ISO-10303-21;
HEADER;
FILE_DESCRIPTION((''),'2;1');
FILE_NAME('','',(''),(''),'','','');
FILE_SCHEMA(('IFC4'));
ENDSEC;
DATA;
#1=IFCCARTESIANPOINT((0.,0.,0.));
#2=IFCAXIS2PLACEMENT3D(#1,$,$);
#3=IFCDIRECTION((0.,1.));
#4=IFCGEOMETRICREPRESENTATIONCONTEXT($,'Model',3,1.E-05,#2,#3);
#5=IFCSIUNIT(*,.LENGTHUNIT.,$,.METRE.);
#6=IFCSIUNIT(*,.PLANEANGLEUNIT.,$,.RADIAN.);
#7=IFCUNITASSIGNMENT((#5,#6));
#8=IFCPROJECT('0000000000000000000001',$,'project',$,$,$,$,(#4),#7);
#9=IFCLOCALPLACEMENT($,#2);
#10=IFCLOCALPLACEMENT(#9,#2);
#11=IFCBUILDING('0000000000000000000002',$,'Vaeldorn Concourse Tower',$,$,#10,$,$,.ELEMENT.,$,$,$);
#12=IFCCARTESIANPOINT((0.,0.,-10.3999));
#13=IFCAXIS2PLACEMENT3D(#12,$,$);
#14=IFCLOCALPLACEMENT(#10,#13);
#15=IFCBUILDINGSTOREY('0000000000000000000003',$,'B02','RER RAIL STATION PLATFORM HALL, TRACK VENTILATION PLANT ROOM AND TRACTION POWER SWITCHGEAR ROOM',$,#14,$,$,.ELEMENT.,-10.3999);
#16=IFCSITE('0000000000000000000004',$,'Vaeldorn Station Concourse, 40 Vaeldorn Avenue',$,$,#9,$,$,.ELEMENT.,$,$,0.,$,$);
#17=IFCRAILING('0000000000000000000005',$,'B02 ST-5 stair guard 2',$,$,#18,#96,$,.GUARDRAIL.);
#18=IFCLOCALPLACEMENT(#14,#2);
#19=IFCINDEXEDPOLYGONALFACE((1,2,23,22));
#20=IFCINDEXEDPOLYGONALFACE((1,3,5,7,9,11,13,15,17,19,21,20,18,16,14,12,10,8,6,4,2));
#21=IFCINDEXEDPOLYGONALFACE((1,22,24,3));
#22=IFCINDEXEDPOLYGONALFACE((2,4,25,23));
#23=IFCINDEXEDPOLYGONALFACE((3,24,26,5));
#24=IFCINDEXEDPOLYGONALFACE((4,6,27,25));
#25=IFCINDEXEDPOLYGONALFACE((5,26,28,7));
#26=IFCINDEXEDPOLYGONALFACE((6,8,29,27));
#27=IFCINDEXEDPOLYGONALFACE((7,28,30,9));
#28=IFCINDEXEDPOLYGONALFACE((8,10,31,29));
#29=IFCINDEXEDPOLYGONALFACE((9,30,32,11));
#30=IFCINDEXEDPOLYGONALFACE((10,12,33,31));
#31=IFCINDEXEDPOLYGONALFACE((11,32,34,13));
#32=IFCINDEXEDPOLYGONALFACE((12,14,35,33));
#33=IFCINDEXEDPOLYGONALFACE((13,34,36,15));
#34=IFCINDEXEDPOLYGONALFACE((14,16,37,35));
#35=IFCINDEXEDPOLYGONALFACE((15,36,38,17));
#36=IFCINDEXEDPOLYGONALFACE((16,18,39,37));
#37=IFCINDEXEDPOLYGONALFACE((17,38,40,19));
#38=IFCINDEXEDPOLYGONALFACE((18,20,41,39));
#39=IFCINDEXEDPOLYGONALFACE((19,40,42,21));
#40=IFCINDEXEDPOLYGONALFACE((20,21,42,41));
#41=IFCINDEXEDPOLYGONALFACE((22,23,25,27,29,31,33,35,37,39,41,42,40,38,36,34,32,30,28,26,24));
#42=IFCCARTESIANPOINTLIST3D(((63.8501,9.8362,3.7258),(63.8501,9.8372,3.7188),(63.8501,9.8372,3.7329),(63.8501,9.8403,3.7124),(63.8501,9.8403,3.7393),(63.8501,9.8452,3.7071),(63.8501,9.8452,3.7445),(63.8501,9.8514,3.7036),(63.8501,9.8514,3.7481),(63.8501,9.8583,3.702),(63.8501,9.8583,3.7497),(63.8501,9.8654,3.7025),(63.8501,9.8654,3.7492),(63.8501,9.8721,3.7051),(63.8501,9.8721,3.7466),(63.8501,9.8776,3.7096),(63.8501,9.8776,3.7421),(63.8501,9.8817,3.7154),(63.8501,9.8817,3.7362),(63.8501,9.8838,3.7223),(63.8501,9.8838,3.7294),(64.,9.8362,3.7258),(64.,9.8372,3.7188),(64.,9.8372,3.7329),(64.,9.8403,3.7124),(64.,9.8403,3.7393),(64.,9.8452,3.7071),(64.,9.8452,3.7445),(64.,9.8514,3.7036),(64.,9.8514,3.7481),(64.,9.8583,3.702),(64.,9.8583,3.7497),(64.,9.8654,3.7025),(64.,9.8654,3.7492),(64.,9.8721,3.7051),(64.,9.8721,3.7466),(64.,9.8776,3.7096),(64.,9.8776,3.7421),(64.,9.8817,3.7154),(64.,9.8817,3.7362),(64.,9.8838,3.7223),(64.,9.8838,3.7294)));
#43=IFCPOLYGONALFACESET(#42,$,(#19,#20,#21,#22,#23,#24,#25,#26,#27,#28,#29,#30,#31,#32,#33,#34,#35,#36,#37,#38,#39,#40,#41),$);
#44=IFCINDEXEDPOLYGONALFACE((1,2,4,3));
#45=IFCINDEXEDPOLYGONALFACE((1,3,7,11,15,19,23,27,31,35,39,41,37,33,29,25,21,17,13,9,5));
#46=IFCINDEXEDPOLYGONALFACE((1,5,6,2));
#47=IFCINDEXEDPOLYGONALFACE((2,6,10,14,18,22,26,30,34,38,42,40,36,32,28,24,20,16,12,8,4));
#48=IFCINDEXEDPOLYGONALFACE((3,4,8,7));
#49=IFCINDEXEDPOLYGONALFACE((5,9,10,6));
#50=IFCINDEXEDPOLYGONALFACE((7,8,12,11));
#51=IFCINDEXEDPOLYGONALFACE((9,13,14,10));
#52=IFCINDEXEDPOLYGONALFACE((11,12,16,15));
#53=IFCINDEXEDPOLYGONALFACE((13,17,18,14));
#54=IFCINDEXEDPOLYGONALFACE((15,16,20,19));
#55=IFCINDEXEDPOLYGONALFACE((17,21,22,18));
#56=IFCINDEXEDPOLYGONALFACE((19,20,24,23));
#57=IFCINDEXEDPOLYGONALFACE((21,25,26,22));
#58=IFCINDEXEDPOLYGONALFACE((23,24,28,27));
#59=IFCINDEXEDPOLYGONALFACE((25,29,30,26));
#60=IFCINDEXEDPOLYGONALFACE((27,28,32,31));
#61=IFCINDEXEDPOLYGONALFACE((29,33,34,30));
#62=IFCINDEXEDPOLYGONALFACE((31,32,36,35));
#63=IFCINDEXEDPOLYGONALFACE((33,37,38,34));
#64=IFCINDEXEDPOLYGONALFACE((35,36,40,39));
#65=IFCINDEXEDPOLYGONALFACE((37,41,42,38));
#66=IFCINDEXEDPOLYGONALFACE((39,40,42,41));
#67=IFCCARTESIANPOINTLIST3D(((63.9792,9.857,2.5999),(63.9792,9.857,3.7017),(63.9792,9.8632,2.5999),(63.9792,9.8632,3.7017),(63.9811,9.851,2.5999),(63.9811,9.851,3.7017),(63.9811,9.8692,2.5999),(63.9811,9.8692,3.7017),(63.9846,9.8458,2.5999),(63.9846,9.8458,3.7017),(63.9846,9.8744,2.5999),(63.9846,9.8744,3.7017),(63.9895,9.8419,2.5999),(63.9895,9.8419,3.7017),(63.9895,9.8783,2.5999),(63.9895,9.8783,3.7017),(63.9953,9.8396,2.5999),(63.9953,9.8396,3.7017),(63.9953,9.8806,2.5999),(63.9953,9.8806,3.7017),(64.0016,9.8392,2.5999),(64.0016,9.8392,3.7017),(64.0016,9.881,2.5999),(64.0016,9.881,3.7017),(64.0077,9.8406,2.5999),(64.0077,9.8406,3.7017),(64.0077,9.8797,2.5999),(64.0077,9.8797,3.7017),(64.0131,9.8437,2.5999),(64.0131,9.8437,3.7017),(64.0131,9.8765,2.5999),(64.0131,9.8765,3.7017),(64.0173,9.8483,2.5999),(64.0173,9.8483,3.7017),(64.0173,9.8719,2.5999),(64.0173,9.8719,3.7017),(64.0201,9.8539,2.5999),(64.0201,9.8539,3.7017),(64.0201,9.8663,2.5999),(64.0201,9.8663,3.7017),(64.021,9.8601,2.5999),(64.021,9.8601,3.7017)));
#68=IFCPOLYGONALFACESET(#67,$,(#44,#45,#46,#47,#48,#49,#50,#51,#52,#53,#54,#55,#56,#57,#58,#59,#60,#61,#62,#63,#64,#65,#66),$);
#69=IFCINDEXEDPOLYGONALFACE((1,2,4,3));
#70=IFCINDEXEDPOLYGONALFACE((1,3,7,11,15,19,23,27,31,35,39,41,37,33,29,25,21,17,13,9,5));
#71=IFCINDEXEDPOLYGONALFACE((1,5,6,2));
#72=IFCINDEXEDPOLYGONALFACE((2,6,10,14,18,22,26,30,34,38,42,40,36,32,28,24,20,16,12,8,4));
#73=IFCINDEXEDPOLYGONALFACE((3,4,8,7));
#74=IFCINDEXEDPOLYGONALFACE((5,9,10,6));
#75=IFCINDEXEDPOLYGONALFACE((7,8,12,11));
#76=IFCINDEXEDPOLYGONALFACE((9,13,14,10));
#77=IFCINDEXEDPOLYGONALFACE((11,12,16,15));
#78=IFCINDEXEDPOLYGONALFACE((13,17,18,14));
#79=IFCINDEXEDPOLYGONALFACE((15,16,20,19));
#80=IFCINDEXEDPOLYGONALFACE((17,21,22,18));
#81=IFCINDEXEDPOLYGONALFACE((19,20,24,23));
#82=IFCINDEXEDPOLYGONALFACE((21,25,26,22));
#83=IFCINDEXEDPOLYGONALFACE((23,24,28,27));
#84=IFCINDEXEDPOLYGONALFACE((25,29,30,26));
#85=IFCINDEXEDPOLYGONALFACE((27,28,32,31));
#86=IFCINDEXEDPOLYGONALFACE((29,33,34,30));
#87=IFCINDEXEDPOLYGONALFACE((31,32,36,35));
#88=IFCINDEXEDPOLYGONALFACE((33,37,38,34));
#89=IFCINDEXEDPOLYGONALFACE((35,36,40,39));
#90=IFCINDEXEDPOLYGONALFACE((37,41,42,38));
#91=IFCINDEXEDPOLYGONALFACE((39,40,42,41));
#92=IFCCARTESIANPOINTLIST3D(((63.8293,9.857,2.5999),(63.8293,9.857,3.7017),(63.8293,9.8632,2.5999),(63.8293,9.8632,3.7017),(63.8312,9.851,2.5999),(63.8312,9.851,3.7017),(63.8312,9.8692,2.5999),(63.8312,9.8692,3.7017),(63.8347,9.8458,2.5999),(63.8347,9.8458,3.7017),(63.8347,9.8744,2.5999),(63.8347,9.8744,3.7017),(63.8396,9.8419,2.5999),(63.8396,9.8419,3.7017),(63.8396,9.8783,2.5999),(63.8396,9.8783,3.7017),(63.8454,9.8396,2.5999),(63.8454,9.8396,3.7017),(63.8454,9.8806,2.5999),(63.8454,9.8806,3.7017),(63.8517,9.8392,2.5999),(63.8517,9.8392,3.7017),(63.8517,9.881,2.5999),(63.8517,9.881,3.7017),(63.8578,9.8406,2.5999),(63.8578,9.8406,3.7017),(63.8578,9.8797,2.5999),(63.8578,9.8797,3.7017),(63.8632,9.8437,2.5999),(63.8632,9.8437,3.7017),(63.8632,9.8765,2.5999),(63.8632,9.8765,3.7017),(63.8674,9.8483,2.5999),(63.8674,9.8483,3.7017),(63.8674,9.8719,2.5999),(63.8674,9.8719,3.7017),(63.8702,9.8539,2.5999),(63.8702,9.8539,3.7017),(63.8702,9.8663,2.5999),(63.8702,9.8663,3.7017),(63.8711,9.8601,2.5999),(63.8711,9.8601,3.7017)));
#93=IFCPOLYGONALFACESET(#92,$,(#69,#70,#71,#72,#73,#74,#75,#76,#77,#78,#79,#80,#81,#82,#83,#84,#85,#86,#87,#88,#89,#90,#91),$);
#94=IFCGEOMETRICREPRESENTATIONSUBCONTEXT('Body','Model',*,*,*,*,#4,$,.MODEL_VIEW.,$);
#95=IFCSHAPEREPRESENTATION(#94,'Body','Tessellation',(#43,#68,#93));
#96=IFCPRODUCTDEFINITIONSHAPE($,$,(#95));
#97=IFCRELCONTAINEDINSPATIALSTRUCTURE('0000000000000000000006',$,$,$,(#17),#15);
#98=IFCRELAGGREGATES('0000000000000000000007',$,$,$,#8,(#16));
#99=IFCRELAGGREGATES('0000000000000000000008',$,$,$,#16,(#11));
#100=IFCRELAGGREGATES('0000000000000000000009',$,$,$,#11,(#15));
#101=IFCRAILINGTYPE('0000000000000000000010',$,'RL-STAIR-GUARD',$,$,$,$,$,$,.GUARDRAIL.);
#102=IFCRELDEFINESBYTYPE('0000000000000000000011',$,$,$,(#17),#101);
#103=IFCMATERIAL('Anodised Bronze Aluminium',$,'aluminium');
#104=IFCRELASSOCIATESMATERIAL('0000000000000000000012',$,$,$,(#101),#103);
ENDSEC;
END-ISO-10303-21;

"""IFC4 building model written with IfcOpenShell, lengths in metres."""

from ifc_helpers import new_model, si_unit, direction, frame, origin, origin_2d, place, context, subcontext, project, spatial, circle, extrude, material, type_object, element, save


model = new_model("IFC4")

# Units and contexts
model_context = context("Model", 3, precision=1e-05, world=origin(), true_north=direction((0.0, 1.0)))
body_context = subcontext(model_context, "Body", "Model", "MODEL_VIEW")
ifc_project = project(units=[si_unit("LENGTHUNIT", "METRE"), si_unit("PLANEANGLEUNIT", "RADIAN")], contexts=[model_context])

# Site, building, storey
site_placement = place(None, origin())
site = spatial("IfcSite", under=ifc_project, at=site_placement, Name="Vaeldorn Station Concourse, 40 Vaeldorn Avenue", CompositionType="ELEMENT", RefElevation=0.0)
building_placement = place(site_placement, origin())
building = spatial("IfcBuilding", under=site, at=building_placement, Name="Vaeldorn Concourse Tower", CompositionType="ELEMENT")
storey_placement = place(building_placement, frame((0.0, 0.0, -10.3999)))
storey = spatial("IfcBuildingStorey", under=building, at=storey_placement, Name="B02", Description="RER RAIL STATION PLATFORM HALL, TRACK VENTILATION PLANT ROOM AND TRACTION POWER SWITCHGEAR ROOM", CompositionType="ELEMENT", Elevation=-10.3999)

# Railing
ifc_material_1 = material(Name="Anodised Bronze Aluminium", Category="aluminium")
railing_type_1 = type_object("IfcRailingType", Name="RL-STAIR-GUARD", PredefinedType="GUARDRAIL", material=ifc_material_1)
railing_1_placement = place(storey_placement, frame((64.0, 9.8601, 2.5999)))
element("IfcRailing", 1, at=railing_1_placement, inside=storey, type_object=railing_type_1, Name="B02 ST-5 stair guard 2", PredefinedType="GUARDRAIL", context=body_context, shape_type="SweptSolid", body=[
    extrude(circle(Radius=0.0239, at=origin_2d()), frame((0.0, 0.0, 1.126), z_axis=(-1.0, 0.0, 0.0), x_axis=(0.0, -1.0, 0.0)), (0.0, 0.0, 1.0), 0.1499),
    extrude(circle(Radius=0.021, at=origin_2d()), origin(), (0.0, 0.0, 1.0), 1.1018),
    extrude(circle(Radius=0.021, at=origin_2d()), frame((-0.1499, 0.0, 0.0)), (0.0, 0.0, 1.0), 1.1018),
])

save(model, "model.ifc")
